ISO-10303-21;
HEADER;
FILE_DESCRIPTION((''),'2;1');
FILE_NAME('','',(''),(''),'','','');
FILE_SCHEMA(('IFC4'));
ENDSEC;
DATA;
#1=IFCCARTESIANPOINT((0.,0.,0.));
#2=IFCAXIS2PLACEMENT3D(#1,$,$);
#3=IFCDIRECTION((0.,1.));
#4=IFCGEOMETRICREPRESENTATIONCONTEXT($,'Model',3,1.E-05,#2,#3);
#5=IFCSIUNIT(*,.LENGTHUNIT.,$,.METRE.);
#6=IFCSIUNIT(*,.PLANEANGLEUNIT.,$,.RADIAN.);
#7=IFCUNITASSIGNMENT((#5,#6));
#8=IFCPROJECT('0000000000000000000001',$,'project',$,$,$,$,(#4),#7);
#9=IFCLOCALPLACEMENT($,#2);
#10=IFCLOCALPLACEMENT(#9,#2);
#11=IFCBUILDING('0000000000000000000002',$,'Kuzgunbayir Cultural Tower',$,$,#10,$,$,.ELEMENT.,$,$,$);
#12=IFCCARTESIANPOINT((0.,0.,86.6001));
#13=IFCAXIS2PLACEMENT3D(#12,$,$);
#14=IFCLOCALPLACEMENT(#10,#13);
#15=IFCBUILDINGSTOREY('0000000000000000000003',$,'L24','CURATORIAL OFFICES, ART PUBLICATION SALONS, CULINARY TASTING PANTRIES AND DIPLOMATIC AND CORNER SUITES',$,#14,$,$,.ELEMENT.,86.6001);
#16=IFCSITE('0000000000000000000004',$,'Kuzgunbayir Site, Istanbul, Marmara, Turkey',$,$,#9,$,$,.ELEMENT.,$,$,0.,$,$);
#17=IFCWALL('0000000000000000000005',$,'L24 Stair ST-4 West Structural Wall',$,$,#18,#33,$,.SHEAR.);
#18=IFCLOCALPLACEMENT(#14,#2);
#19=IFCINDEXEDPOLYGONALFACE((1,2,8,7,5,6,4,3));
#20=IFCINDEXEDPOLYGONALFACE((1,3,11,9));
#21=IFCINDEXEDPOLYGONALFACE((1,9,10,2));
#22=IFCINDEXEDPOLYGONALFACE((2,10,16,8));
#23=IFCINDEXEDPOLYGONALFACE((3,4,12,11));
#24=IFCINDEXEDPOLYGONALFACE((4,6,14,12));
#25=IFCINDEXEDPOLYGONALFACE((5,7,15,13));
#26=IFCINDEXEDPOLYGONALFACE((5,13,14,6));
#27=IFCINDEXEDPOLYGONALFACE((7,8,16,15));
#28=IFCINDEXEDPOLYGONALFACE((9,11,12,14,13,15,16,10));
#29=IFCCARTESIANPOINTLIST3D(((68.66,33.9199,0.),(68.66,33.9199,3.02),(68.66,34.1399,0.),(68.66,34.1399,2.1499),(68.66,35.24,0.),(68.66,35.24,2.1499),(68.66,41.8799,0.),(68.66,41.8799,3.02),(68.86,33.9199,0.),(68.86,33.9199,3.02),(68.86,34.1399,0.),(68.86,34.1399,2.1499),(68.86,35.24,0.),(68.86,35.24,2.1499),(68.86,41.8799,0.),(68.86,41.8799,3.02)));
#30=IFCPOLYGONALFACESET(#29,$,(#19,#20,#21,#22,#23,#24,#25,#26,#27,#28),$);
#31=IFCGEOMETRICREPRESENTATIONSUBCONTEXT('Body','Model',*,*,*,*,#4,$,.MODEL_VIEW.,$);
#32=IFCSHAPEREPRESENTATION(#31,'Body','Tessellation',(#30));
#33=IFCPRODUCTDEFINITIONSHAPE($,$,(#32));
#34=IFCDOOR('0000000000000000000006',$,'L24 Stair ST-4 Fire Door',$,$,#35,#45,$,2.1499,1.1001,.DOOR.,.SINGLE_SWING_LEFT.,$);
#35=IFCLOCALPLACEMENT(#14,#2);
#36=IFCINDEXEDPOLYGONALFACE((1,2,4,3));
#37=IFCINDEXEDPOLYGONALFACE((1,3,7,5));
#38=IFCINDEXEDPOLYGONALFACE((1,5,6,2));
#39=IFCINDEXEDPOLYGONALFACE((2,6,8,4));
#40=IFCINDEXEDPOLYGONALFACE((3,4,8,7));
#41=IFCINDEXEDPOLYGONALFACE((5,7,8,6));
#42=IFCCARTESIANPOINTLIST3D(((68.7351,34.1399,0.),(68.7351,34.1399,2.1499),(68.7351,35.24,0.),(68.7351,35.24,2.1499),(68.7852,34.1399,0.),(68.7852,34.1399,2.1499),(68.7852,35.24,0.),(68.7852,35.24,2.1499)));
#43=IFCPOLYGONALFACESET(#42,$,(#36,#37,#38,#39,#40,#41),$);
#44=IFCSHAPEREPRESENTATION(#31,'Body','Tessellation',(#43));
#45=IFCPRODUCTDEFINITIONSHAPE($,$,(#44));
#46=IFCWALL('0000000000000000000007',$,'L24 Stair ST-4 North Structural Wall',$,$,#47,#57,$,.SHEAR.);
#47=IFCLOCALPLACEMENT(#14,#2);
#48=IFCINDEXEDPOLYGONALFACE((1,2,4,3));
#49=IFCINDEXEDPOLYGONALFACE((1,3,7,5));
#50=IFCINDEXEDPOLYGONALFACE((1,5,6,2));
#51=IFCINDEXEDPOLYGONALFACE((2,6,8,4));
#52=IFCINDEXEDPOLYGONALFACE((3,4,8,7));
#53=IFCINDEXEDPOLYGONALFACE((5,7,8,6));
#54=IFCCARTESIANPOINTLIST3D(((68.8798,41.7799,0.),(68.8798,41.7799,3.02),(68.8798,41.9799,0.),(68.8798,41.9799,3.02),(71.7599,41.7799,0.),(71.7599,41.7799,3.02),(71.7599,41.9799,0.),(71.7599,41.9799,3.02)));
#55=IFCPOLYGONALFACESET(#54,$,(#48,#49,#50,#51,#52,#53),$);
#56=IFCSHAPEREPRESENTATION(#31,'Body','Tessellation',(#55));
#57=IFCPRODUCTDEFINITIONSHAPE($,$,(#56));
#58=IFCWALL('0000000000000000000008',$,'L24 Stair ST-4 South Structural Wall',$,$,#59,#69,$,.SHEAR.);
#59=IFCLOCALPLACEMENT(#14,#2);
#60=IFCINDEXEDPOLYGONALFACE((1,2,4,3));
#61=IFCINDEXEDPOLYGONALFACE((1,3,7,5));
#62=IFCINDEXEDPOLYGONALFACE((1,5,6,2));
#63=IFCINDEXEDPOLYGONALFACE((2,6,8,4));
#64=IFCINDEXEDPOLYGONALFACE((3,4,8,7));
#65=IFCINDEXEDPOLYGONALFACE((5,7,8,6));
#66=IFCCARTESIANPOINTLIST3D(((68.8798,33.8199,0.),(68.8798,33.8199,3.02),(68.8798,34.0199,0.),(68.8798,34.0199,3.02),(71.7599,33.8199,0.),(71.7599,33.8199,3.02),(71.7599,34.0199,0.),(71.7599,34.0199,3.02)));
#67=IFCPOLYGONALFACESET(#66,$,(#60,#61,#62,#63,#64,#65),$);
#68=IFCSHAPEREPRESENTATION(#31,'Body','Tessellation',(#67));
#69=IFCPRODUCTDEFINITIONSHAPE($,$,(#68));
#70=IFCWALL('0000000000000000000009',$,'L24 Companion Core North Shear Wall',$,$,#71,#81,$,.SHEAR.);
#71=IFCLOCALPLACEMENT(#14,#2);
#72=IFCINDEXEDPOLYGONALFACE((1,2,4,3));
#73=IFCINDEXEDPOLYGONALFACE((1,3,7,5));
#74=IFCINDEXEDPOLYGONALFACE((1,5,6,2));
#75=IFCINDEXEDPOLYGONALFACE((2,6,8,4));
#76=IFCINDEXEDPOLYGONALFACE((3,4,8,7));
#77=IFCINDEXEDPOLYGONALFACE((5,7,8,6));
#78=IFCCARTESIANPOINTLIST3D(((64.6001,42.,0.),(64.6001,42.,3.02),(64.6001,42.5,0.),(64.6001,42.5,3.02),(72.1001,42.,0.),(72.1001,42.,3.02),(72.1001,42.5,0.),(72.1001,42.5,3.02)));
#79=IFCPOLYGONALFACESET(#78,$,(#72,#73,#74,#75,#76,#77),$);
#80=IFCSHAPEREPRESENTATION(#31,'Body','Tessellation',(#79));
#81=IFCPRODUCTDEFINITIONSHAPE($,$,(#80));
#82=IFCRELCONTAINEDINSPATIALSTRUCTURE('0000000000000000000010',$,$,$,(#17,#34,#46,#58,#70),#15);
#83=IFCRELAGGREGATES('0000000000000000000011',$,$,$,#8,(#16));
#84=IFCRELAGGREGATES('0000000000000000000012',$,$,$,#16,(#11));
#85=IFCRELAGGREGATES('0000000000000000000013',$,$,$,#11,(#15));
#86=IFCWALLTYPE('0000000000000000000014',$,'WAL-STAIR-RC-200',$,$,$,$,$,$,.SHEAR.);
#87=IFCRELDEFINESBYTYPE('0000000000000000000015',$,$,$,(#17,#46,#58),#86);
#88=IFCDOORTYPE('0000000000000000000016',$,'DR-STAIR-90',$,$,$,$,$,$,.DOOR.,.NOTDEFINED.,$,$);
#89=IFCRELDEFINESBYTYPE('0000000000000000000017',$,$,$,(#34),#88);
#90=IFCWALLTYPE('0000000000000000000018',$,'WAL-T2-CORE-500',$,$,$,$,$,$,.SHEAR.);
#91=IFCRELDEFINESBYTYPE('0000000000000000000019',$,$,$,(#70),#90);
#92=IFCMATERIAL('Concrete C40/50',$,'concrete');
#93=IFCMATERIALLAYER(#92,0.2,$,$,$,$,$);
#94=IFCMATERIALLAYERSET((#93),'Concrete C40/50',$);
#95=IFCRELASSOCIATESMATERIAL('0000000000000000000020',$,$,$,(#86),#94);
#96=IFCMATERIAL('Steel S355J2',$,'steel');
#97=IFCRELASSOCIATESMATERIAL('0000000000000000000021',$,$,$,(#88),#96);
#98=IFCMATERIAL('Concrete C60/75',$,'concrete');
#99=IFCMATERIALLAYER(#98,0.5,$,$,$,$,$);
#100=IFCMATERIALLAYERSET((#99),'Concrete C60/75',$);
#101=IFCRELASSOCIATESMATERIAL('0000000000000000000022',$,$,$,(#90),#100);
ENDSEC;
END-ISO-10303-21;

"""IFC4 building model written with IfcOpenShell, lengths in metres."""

from ifc_helpers import new_model, si_unit, direction, frame, frame_2d, origin, place, context, subcontext, project, spatial, rectangle, extrude, material, layer, layer_set, type_object, element, fill, save


model = new_model("IFC4")

# Units and contexts
model_context = context("Model", 3, precision=1e-05, world=origin(), true_north=direction((0.0, 1.0)))
body_context = subcontext(model_context, "Body", "Model", "MODEL_VIEW")
ifc_project = project(units=[si_unit("LENGTHUNIT", "METRE"), si_unit("PLANEANGLEUNIT", "RADIAN")], contexts=[model_context])

# Site, building, storey
site_placement = place(None, origin())
site = spatial("IfcSite", under=ifc_project, at=site_placement, Name="Kuzgunbayir Site, Istanbul, Marmara, Turkey", CompositionType="ELEMENT", RefElevation=0.0)
building_placement = place(site_placement, origin())
building = spatial("IfcBuilding", under=site, at=building_placement, Name="Kuzgunbayir Cultural Tower", CompositionType="ELEMENT")
storey_placement = place(building_placement, frame((0.0, 0.0, 86.6001)))
storey = spatial("IfcBuildingStorey", under=building, at=storey_placement, Name="L24", Description="CURATORIAL OFFICES, ART PUBLICATION SALONS, CULINARY TASTING PANTRIES AND DIPLOMATIC AND CORNER SUITES", CompositionType="ELEMENT", Elevation=86.6001)

# Shared definitions
ifc_material_1 = material(Name="Concrete C60/75", Category="concrete")

# Shared definitions
ifc_material_2 = material(Name="Steel S355J2", Category="steel")

# Shared definitions
ifc_material_3 = material(Name="Concrete C40/50", Category="concrete")

# Wall, opening, door
ifc_layer_1 = layer(ifc_material_3, 0.2)
ifc_layer_set_1 = layer_set([ifc_layer_1], Name="Concrete C40/50")
wall_type_1 = type_object("IfcWallType", Name="WAL-STAIR-RC-200", PredefinedType="SHEAR", material=ifc_layer_set_1)
wall_1_placement = place(storey_placement, frame((68.76, 33.9199, 0.0), z_axis=(0.0, 0.0, 1.0), x_axis=(0.0, 1.0, 0.0)))
wall_1 = element("IfcWall", 1, at=wall_1_placement, inside=storey, type_object=wall_type_1, Name="L24 Stair ST-4 West Structural Wall", PredefinedType="SHEAR", context=body_context, shape_type="SweptSolid", body=[
    extrude(rectangle(XDim=7.96, YDim=0.2, at=frame_2d((3.98, 0.0))), origin(), (0.0, 0.0, 1.0), 3.02),
])
opening_1_placement = place(wall_1_placement, frame((0.22, 0.0, 0.0)))
opening_1 = element("IfcOpeningElement", 2, at=opening_1_placement, cuts=wall_1, PredefinedType="OPENING", context=body_context, shape_type="SweptSolid", body=[
    extrude(rectangle(XDim=1.1001, YDim=2.1499, at=frame_2d((0.55, 1.075))), frame((0.0, 0.1099, 0.0), z_axis=(0.0, -1.0, 0.0), x_axis=(1.0, 0.0, 0.0)), (0.0, 0.0, 1.0), 0.22),
])
door_type_1 = type_object("IfcDoorType", Name="DR-STAIR-90", OperationType="NOTDEFINED", PredefinedType="DOOR", material=ifc_material_2)
door_1_placement = place(opening_1_placement, origin())
door_1 = element("IfcDoor", 3, at=door_1_placement, inside=storey, type_object=door_type_1, Name="L24 Stair ST-4 Fire Door", OperationType="SINGLE_SWING_LEFT", OverallHeight=2.1499, OverallWidth=1.1001, PredefinedType="DOOR", context=body_context, shape_type="SweptSolid", body=[
    extrude(rectangle(XDim=1.1001, YDim=2.1499, at=frame_2d((0.55, 1.075))), frame((0.0, 0.0249, 0.0), z_axis=(0.0, -1.0, 0.0), x_axis=(1.0, 0.0, 0.0)), (0.0, 0.0, 1.0), 0.05),
])
fill(opening_1, door_1)

# Walls
for number, where, z_axis, x_axis, name in (
    (4, (68.8799, 41.8799, 0.0), (0.0, 0.0, 1.0), (1.0, 0.0, 0.0), "L24 Stair ST-4 North Structural Wall"),
    (5, (68.8799, 33.9199, 0.0), (0.0, 0.0, 1.0), (1.0, 0.0, 0.0), "L24 Stair ST-4 South Structural Wall"),
):
    element("IfcWall", number, at=place(storey_placement, frame(where, z_axis=z_axis, x_axis=x_axis)), inside=storey, type_object=wall_type_1, Name=name, PredefinedType="SHEAR", context=body_context, shape_type="SweptSolid", body=[
        extrude(rectangle(XDim=2.8801, YDim=0.2, at=frame_2d((1.4399, 0.0))), origin(), (0.0, 0.0, 1.0), 3.02),
    ])
ifc_layer_2 = layer(ifc_material_1, 0.5)
ifc_layer_set_2 = layer_set([ifc_layer_2], Name="Concrete C60/75")
wall_type_2 = type_object("IfcWallType", Name="WAL-T2-CORE-500", PredefinedType="SHEAR", material=ifc_layer_set_2)
wall_2_placement = place(storey_placement, frame((64.6001, 42.25, 0.0), z_axis=(0.0, 0.0, 1.0), x_axis=(1.0, 0.0, 0.0)))
element("IfcWall", 6, at=wall_2_placement, inside=storey, type_object=wall_type_2, Name="L24 Companion Core North Shear Wall", PredefinedType="SHEAR", context=body_context, shape_type="SweptSolid", body=[
    extrude(rectangle(XDim=7.5, YDim=0.5, at=frame_2d((3.75, 0.0))), origin(), (0.0, 0.0, 1.0), 3.02),
])

save(model, "model.ifc")
